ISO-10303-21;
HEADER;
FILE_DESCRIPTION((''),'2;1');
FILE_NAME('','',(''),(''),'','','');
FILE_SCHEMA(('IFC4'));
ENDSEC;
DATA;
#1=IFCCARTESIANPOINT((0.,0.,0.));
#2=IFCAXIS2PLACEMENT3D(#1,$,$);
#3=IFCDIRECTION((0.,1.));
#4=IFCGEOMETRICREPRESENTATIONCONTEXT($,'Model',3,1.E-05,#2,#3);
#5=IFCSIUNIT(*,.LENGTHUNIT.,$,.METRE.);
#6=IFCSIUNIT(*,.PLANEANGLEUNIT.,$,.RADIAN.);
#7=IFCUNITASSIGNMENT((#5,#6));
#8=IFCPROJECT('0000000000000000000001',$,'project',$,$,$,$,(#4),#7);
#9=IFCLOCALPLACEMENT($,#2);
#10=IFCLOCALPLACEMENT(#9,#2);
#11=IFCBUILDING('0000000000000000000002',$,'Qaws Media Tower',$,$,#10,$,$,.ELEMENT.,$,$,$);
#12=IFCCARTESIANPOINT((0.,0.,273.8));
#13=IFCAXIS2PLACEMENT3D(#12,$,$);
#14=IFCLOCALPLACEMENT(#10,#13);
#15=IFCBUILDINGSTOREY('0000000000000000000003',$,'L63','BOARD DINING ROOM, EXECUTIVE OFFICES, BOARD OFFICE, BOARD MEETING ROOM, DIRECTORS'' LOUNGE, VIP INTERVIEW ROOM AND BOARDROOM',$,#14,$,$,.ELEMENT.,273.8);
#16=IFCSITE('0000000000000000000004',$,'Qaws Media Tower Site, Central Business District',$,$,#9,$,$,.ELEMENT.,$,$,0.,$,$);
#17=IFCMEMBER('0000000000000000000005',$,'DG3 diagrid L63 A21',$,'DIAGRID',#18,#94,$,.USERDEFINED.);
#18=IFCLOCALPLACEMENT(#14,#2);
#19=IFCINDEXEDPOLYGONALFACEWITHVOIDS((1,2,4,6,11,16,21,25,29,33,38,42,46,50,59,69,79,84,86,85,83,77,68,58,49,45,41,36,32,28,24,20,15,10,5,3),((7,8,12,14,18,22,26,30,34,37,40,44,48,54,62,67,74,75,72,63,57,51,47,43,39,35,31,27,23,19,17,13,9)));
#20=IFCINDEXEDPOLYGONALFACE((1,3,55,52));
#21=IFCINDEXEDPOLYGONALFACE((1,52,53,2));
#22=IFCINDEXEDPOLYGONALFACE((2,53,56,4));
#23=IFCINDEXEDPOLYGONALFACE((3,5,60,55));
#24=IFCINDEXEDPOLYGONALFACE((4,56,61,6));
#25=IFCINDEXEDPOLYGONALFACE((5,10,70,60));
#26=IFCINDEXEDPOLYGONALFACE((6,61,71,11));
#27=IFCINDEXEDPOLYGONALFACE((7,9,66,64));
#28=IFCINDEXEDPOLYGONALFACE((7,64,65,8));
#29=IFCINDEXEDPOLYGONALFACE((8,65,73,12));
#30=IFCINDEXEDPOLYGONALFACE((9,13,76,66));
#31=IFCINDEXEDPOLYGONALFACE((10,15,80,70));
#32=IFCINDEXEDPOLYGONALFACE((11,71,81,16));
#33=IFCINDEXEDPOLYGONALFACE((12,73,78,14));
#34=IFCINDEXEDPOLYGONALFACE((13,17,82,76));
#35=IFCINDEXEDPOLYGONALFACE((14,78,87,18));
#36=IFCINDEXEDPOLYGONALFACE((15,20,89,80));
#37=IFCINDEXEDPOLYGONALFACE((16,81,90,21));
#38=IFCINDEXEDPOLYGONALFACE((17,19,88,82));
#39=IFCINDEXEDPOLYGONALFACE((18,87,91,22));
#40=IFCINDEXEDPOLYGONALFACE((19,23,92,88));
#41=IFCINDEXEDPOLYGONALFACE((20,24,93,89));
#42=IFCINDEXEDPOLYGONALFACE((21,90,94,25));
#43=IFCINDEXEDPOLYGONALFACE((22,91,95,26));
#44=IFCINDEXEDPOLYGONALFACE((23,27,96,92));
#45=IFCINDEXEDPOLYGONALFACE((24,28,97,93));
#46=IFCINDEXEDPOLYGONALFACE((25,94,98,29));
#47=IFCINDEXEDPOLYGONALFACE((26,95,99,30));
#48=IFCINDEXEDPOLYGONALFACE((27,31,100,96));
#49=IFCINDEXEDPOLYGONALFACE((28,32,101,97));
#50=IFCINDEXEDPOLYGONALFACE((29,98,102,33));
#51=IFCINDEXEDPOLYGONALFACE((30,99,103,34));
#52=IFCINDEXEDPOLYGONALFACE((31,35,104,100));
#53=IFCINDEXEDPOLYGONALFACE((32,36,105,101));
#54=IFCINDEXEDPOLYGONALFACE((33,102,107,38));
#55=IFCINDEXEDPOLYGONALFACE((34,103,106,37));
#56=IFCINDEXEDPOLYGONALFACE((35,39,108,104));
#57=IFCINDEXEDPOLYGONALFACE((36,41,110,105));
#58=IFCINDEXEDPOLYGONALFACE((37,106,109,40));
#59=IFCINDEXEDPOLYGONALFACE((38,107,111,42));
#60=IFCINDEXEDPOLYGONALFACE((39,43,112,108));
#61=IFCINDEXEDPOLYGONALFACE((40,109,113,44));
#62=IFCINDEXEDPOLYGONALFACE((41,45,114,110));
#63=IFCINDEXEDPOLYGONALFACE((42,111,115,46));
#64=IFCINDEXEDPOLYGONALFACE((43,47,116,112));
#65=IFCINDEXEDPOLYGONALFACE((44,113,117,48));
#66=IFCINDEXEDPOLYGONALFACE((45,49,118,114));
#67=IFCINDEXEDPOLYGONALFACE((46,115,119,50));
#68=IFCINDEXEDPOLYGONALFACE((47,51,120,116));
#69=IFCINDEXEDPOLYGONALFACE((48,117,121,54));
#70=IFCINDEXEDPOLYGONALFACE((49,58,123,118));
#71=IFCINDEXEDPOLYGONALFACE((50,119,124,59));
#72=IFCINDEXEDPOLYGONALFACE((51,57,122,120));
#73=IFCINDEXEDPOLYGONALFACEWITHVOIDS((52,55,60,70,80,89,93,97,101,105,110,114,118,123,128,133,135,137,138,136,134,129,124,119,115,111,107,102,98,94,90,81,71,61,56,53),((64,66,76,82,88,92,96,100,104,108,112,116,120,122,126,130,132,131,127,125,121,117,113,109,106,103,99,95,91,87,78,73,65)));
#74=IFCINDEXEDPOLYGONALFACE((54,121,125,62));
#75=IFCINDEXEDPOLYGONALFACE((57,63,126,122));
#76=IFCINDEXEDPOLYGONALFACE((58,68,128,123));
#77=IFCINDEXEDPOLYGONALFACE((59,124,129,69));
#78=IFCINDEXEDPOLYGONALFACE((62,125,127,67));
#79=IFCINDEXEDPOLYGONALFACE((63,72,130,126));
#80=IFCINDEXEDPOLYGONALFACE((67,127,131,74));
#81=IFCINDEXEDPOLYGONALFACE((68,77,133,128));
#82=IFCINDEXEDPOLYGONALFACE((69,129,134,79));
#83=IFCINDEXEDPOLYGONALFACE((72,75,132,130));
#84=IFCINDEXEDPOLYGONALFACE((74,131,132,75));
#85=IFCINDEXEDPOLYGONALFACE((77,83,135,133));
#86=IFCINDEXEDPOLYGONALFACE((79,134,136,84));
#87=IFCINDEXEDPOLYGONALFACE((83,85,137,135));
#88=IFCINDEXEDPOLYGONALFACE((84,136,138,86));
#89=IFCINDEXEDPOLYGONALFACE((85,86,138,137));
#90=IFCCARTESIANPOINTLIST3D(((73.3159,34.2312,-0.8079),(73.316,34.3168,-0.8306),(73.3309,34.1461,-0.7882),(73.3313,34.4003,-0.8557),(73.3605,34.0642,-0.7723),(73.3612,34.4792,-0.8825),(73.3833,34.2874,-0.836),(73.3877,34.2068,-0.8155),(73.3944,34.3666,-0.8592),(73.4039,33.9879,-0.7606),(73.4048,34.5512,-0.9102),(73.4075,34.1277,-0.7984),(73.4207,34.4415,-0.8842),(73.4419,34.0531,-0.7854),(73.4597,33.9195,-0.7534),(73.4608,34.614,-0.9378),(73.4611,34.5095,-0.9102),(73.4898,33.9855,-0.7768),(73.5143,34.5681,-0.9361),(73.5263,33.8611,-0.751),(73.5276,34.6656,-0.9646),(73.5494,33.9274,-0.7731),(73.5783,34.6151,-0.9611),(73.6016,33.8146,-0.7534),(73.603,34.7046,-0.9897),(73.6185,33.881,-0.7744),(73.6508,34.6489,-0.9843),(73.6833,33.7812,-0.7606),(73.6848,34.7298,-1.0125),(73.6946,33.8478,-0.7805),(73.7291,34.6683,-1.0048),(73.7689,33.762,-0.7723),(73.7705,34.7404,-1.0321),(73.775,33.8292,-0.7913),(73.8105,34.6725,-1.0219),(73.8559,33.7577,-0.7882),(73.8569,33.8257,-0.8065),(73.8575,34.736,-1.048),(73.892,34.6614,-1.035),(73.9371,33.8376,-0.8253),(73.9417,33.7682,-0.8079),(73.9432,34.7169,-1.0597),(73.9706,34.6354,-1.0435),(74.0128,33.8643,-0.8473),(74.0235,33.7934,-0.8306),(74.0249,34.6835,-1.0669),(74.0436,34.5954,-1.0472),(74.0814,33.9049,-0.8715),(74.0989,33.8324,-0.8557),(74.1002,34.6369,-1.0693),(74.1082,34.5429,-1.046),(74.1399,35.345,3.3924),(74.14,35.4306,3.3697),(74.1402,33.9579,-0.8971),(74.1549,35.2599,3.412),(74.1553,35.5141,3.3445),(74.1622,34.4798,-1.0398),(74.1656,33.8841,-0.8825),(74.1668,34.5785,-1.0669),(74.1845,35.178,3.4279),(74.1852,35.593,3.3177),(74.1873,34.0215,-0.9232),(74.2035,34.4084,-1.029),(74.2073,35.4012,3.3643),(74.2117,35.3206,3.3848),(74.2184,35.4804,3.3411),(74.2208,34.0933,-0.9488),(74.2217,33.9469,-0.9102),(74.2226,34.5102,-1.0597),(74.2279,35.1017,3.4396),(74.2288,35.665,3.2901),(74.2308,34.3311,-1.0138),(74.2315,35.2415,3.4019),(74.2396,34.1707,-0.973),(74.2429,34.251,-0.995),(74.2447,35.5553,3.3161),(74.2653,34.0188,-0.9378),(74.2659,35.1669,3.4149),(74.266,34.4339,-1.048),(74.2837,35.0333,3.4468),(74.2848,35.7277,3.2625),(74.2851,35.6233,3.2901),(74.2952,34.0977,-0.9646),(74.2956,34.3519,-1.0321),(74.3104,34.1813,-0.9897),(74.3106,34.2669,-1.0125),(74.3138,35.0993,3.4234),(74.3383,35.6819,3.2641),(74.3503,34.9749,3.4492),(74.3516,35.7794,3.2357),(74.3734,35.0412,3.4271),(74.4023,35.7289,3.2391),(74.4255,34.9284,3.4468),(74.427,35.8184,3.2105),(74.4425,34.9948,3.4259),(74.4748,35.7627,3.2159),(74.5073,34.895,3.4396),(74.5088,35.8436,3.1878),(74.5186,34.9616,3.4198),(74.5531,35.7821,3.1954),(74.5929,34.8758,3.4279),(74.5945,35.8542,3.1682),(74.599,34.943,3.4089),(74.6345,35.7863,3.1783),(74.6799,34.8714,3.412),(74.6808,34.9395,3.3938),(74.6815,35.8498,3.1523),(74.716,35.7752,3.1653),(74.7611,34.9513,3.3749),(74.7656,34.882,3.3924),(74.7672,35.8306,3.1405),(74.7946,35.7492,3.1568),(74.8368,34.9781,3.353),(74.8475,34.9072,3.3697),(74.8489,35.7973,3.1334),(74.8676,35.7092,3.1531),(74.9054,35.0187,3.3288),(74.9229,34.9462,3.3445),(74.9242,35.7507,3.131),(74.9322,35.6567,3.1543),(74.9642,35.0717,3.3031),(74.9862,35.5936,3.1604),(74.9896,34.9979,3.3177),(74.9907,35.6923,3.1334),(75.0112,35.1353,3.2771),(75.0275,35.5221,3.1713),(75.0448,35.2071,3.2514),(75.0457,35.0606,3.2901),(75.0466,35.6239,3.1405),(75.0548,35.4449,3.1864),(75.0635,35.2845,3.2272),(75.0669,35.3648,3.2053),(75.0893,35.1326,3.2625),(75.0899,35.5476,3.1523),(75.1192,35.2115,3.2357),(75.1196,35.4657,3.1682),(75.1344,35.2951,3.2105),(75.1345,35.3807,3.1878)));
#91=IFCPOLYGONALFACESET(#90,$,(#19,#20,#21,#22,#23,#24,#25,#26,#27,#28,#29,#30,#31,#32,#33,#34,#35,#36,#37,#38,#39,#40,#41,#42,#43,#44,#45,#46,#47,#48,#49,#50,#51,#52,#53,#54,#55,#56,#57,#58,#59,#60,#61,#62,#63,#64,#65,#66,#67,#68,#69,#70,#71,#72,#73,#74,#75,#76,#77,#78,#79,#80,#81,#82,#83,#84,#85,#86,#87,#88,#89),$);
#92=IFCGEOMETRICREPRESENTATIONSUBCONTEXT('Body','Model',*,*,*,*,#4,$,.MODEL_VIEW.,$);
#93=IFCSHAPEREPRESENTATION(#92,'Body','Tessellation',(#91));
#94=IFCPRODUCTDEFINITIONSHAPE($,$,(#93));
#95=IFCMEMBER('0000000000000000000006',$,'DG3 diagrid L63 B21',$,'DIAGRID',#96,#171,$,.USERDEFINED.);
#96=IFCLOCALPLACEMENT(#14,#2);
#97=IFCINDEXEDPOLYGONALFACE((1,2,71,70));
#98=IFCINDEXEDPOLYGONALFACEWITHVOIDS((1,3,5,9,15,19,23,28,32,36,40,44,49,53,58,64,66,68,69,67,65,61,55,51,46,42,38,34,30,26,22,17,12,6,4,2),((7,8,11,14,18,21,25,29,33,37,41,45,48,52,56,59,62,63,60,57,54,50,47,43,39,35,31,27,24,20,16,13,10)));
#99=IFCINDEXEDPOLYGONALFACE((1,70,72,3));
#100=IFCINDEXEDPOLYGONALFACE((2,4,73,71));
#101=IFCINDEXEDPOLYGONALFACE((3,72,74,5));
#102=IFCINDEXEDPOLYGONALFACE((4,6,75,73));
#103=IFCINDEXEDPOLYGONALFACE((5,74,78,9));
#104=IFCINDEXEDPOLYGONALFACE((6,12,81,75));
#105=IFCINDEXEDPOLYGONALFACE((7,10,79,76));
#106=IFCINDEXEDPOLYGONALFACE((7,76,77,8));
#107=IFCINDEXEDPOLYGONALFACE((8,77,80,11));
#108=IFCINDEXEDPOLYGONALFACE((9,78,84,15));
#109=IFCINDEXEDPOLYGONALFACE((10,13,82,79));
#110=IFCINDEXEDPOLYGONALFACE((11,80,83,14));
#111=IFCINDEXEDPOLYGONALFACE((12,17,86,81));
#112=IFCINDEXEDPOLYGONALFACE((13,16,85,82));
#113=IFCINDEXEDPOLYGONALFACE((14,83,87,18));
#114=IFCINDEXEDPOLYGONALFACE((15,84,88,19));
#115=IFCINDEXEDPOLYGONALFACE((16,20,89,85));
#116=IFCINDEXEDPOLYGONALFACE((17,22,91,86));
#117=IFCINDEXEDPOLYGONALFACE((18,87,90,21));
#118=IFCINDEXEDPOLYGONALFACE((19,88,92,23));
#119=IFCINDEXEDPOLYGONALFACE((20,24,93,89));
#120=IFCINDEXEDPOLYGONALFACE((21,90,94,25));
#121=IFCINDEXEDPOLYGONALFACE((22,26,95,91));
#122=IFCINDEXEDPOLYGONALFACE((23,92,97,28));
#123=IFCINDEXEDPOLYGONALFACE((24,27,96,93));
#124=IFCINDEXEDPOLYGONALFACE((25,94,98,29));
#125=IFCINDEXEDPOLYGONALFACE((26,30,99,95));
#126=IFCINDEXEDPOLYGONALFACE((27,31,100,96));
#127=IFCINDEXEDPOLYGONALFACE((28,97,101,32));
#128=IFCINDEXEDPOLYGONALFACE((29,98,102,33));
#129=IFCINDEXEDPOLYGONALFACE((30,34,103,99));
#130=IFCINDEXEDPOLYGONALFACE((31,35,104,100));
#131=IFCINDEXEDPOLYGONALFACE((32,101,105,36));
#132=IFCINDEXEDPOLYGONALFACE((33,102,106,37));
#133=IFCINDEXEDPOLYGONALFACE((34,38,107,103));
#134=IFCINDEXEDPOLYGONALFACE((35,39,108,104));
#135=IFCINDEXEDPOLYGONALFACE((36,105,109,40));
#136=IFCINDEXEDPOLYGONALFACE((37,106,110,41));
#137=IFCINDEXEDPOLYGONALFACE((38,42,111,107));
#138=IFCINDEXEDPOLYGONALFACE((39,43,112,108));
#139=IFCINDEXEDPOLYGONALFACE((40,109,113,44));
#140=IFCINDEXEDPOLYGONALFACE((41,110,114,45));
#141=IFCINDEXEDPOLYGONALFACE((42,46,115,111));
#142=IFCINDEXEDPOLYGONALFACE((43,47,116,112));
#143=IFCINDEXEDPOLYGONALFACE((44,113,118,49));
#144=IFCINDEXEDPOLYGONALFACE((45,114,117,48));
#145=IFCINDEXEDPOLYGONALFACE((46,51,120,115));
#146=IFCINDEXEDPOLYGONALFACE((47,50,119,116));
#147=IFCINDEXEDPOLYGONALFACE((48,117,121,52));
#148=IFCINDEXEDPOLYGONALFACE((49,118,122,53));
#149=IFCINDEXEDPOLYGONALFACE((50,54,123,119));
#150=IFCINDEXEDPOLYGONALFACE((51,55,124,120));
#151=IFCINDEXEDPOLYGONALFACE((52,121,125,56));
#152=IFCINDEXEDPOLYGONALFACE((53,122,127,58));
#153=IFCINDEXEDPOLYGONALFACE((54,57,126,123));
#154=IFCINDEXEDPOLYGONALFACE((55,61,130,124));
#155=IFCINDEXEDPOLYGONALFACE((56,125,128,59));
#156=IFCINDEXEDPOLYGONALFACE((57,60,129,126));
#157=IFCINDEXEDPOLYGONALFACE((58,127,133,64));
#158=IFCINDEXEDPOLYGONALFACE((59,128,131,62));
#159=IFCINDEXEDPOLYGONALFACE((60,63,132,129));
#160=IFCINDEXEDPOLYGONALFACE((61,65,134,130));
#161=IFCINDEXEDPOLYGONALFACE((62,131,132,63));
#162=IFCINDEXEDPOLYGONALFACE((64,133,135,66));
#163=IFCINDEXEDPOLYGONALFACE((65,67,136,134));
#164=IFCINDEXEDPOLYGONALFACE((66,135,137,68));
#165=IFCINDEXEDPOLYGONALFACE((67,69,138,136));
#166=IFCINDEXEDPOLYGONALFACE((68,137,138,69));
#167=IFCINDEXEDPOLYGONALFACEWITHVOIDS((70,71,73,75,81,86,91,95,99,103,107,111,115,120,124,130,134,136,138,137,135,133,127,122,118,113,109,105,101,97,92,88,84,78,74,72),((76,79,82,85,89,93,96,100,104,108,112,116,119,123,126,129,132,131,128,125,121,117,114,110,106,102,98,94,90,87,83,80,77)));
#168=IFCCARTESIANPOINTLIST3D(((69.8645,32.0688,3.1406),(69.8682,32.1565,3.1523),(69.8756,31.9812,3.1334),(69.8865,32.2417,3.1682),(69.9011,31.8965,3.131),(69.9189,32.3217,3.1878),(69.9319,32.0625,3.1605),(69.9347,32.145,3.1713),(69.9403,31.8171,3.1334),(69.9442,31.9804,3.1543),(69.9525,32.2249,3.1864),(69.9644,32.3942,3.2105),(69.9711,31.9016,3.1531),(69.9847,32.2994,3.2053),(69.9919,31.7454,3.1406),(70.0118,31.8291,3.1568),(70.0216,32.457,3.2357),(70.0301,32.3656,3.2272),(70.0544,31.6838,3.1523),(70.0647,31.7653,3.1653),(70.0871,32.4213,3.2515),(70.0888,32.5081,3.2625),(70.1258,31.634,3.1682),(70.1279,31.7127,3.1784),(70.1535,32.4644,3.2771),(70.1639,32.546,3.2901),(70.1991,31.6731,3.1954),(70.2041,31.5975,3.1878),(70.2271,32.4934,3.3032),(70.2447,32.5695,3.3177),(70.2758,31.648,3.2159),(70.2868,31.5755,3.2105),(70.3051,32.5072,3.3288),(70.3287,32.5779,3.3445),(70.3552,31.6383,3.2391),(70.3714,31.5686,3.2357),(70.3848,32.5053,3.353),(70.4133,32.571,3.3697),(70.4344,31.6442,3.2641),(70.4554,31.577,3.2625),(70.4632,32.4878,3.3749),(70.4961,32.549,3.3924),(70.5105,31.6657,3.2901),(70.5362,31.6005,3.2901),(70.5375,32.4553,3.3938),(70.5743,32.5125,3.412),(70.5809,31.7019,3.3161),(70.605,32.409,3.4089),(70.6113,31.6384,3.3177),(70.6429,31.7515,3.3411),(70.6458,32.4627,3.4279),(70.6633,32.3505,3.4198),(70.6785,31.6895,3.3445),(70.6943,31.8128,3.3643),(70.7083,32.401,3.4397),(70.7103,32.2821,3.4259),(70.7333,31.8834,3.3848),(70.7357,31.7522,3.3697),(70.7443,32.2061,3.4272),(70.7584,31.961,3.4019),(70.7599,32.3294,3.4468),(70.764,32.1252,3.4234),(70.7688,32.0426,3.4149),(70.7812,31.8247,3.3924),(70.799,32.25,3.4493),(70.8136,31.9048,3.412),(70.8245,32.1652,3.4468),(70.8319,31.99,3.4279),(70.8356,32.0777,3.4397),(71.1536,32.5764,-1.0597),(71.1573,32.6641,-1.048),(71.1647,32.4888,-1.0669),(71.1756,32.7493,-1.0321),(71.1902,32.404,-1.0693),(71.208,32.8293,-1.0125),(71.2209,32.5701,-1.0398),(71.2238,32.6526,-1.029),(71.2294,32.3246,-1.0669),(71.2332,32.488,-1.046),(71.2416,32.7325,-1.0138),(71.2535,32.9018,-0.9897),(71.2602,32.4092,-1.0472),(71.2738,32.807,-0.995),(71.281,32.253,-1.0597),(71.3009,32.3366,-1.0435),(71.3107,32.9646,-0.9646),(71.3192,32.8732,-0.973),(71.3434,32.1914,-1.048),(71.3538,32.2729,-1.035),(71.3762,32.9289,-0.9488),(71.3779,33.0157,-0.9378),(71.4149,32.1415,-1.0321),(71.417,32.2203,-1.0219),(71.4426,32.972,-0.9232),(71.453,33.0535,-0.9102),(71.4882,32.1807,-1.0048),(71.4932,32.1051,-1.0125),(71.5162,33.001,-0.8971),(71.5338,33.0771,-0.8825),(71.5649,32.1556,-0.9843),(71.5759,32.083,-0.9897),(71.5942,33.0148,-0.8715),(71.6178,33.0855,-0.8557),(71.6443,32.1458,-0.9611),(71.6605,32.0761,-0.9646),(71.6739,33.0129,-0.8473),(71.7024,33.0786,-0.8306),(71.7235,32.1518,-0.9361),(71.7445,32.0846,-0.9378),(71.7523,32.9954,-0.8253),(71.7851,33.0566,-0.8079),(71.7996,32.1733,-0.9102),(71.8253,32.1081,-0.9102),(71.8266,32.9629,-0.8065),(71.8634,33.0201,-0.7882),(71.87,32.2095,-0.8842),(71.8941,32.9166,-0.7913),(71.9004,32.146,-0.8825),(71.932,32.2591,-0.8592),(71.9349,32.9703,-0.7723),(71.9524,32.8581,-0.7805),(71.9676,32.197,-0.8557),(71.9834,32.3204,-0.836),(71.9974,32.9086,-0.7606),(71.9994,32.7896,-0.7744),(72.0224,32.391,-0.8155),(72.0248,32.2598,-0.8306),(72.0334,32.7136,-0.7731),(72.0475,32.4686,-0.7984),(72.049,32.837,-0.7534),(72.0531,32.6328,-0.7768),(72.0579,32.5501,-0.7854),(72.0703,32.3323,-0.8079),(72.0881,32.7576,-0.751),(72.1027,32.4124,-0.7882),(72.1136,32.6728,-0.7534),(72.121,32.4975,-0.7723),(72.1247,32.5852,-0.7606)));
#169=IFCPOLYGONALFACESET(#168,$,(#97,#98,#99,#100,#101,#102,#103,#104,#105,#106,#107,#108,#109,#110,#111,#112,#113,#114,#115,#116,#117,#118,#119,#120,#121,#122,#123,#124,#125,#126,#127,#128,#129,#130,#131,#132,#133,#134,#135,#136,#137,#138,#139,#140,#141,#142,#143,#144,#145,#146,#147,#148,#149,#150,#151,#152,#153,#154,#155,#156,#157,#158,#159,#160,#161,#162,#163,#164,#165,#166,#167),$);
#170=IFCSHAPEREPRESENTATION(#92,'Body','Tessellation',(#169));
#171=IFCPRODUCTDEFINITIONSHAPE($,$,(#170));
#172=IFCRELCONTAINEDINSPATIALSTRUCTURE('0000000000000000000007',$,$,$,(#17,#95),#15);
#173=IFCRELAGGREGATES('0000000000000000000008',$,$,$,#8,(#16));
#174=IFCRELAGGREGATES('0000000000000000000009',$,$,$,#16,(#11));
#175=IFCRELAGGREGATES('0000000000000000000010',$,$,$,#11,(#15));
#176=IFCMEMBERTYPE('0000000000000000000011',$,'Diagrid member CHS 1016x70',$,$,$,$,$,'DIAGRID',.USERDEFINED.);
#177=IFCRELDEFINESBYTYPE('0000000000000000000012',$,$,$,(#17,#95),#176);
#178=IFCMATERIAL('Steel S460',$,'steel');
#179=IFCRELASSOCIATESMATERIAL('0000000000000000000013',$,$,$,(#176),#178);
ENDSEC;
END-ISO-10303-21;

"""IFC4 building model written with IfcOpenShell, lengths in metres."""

from ifc_helpers import new_model, si_unit, direction, frame, origin, origin_2d, place, context, subcontext, project, spatial, hollow_circle, extrude, material, material_profile, profile_set, type_object, element, save


model = new_model("IFC4")

# Units and contexts
model_context = context("Model", 3, precision=1e-05, world=origin(), true_north=direction((0.0, 1.0)))
body_context = subcontext(model_context, "Body", "Model", "MODEL_VIEW")
ifc_project = project(units=[si_unit("LENGTHUNIT", "METRE"), si_unit("PLANEANGLEUNIT", "RADIAN")], contexts=[model_context])

# Site, building, storey
site_placement = place(None, origin())
site = spatial("IfcSite", under=ifc_project, at=site_placement, Name="Qaws Media Tower Site, Central Business District", CompositionType="ELEMENT", RefElevation=0.0)
building_placement = place(site_placement, origin())
building = spatial("IfcBuilding", under=site, at=building_placement, Name="Qaws Media Tower", CompositionType="ELEMENT")
storey_placement = place(building_placement, frame((0.0, 0.0, 273.8)))
storey = spatial("IfcBuildingStorey", under=building, at=storey_placement, Name="L63", Description="BOARD DINING ROOM, EXECUTIVE OFFICES, BOARD OFFICE, BOARD MEETING ROOM, DIRECTORS' LOUNGE, VIP INTERVIEW ROOM AND BOARDROOM", CompositionType="ELEMENT", Elevation=273.8)

# Members
ifc_material_1 = material(Name="Steel S460", Category="steel")
ifc_material_profile_1 = material_profile(ifc_material_1, hollow_circle(Radius=0.5081, WallThickness=0.0701, at=origin_2d()), Name="CHS 1016x70")
ifc_profile_set_1 = profile_set([ifc_material_profile_1], Name="Steel S460")
member_type_1 = type_object("IfcMemberType", Name="Diagrid member CHS 1016x70", ElementType="DIAGRID", PredefinedType="USERDEFINED", material=ifc_profile_set_1)
for number, where, z_axis, x_axis, name in (
    (1, (73.8132, 34.249, -0.9102), (0.186302, 0.251825, 0.949671), (-0.803916, 0.594743, 0.0), "DG3 diagrid L63 A21"),
    (2, (71.6392, 32.5808, -0.9102), (-0.29146, -0.114762, 0.949674), (0.366372, -0.930468, 0.0), "DG3 diagrid L63 B21"),
):
    element("IfcMember", number, at=place(storey_placement, frame(where, z_axis=z_axis, x_axis=x_axis)), inside=storey, type_object=member_type_1, Name=name, ObjectType="DIAGRID", PredefinedType="USERDEFINED", context=body_context, shape_type="SweptSolid", body=[
        extrude(hollow_circle(Radius=0.5081, WallThickness=0.0701, at=origin_2d()), origin(), (0.0, 0.0, 1.0), 4.4229),
    ])

save(model, "model.ifc")
